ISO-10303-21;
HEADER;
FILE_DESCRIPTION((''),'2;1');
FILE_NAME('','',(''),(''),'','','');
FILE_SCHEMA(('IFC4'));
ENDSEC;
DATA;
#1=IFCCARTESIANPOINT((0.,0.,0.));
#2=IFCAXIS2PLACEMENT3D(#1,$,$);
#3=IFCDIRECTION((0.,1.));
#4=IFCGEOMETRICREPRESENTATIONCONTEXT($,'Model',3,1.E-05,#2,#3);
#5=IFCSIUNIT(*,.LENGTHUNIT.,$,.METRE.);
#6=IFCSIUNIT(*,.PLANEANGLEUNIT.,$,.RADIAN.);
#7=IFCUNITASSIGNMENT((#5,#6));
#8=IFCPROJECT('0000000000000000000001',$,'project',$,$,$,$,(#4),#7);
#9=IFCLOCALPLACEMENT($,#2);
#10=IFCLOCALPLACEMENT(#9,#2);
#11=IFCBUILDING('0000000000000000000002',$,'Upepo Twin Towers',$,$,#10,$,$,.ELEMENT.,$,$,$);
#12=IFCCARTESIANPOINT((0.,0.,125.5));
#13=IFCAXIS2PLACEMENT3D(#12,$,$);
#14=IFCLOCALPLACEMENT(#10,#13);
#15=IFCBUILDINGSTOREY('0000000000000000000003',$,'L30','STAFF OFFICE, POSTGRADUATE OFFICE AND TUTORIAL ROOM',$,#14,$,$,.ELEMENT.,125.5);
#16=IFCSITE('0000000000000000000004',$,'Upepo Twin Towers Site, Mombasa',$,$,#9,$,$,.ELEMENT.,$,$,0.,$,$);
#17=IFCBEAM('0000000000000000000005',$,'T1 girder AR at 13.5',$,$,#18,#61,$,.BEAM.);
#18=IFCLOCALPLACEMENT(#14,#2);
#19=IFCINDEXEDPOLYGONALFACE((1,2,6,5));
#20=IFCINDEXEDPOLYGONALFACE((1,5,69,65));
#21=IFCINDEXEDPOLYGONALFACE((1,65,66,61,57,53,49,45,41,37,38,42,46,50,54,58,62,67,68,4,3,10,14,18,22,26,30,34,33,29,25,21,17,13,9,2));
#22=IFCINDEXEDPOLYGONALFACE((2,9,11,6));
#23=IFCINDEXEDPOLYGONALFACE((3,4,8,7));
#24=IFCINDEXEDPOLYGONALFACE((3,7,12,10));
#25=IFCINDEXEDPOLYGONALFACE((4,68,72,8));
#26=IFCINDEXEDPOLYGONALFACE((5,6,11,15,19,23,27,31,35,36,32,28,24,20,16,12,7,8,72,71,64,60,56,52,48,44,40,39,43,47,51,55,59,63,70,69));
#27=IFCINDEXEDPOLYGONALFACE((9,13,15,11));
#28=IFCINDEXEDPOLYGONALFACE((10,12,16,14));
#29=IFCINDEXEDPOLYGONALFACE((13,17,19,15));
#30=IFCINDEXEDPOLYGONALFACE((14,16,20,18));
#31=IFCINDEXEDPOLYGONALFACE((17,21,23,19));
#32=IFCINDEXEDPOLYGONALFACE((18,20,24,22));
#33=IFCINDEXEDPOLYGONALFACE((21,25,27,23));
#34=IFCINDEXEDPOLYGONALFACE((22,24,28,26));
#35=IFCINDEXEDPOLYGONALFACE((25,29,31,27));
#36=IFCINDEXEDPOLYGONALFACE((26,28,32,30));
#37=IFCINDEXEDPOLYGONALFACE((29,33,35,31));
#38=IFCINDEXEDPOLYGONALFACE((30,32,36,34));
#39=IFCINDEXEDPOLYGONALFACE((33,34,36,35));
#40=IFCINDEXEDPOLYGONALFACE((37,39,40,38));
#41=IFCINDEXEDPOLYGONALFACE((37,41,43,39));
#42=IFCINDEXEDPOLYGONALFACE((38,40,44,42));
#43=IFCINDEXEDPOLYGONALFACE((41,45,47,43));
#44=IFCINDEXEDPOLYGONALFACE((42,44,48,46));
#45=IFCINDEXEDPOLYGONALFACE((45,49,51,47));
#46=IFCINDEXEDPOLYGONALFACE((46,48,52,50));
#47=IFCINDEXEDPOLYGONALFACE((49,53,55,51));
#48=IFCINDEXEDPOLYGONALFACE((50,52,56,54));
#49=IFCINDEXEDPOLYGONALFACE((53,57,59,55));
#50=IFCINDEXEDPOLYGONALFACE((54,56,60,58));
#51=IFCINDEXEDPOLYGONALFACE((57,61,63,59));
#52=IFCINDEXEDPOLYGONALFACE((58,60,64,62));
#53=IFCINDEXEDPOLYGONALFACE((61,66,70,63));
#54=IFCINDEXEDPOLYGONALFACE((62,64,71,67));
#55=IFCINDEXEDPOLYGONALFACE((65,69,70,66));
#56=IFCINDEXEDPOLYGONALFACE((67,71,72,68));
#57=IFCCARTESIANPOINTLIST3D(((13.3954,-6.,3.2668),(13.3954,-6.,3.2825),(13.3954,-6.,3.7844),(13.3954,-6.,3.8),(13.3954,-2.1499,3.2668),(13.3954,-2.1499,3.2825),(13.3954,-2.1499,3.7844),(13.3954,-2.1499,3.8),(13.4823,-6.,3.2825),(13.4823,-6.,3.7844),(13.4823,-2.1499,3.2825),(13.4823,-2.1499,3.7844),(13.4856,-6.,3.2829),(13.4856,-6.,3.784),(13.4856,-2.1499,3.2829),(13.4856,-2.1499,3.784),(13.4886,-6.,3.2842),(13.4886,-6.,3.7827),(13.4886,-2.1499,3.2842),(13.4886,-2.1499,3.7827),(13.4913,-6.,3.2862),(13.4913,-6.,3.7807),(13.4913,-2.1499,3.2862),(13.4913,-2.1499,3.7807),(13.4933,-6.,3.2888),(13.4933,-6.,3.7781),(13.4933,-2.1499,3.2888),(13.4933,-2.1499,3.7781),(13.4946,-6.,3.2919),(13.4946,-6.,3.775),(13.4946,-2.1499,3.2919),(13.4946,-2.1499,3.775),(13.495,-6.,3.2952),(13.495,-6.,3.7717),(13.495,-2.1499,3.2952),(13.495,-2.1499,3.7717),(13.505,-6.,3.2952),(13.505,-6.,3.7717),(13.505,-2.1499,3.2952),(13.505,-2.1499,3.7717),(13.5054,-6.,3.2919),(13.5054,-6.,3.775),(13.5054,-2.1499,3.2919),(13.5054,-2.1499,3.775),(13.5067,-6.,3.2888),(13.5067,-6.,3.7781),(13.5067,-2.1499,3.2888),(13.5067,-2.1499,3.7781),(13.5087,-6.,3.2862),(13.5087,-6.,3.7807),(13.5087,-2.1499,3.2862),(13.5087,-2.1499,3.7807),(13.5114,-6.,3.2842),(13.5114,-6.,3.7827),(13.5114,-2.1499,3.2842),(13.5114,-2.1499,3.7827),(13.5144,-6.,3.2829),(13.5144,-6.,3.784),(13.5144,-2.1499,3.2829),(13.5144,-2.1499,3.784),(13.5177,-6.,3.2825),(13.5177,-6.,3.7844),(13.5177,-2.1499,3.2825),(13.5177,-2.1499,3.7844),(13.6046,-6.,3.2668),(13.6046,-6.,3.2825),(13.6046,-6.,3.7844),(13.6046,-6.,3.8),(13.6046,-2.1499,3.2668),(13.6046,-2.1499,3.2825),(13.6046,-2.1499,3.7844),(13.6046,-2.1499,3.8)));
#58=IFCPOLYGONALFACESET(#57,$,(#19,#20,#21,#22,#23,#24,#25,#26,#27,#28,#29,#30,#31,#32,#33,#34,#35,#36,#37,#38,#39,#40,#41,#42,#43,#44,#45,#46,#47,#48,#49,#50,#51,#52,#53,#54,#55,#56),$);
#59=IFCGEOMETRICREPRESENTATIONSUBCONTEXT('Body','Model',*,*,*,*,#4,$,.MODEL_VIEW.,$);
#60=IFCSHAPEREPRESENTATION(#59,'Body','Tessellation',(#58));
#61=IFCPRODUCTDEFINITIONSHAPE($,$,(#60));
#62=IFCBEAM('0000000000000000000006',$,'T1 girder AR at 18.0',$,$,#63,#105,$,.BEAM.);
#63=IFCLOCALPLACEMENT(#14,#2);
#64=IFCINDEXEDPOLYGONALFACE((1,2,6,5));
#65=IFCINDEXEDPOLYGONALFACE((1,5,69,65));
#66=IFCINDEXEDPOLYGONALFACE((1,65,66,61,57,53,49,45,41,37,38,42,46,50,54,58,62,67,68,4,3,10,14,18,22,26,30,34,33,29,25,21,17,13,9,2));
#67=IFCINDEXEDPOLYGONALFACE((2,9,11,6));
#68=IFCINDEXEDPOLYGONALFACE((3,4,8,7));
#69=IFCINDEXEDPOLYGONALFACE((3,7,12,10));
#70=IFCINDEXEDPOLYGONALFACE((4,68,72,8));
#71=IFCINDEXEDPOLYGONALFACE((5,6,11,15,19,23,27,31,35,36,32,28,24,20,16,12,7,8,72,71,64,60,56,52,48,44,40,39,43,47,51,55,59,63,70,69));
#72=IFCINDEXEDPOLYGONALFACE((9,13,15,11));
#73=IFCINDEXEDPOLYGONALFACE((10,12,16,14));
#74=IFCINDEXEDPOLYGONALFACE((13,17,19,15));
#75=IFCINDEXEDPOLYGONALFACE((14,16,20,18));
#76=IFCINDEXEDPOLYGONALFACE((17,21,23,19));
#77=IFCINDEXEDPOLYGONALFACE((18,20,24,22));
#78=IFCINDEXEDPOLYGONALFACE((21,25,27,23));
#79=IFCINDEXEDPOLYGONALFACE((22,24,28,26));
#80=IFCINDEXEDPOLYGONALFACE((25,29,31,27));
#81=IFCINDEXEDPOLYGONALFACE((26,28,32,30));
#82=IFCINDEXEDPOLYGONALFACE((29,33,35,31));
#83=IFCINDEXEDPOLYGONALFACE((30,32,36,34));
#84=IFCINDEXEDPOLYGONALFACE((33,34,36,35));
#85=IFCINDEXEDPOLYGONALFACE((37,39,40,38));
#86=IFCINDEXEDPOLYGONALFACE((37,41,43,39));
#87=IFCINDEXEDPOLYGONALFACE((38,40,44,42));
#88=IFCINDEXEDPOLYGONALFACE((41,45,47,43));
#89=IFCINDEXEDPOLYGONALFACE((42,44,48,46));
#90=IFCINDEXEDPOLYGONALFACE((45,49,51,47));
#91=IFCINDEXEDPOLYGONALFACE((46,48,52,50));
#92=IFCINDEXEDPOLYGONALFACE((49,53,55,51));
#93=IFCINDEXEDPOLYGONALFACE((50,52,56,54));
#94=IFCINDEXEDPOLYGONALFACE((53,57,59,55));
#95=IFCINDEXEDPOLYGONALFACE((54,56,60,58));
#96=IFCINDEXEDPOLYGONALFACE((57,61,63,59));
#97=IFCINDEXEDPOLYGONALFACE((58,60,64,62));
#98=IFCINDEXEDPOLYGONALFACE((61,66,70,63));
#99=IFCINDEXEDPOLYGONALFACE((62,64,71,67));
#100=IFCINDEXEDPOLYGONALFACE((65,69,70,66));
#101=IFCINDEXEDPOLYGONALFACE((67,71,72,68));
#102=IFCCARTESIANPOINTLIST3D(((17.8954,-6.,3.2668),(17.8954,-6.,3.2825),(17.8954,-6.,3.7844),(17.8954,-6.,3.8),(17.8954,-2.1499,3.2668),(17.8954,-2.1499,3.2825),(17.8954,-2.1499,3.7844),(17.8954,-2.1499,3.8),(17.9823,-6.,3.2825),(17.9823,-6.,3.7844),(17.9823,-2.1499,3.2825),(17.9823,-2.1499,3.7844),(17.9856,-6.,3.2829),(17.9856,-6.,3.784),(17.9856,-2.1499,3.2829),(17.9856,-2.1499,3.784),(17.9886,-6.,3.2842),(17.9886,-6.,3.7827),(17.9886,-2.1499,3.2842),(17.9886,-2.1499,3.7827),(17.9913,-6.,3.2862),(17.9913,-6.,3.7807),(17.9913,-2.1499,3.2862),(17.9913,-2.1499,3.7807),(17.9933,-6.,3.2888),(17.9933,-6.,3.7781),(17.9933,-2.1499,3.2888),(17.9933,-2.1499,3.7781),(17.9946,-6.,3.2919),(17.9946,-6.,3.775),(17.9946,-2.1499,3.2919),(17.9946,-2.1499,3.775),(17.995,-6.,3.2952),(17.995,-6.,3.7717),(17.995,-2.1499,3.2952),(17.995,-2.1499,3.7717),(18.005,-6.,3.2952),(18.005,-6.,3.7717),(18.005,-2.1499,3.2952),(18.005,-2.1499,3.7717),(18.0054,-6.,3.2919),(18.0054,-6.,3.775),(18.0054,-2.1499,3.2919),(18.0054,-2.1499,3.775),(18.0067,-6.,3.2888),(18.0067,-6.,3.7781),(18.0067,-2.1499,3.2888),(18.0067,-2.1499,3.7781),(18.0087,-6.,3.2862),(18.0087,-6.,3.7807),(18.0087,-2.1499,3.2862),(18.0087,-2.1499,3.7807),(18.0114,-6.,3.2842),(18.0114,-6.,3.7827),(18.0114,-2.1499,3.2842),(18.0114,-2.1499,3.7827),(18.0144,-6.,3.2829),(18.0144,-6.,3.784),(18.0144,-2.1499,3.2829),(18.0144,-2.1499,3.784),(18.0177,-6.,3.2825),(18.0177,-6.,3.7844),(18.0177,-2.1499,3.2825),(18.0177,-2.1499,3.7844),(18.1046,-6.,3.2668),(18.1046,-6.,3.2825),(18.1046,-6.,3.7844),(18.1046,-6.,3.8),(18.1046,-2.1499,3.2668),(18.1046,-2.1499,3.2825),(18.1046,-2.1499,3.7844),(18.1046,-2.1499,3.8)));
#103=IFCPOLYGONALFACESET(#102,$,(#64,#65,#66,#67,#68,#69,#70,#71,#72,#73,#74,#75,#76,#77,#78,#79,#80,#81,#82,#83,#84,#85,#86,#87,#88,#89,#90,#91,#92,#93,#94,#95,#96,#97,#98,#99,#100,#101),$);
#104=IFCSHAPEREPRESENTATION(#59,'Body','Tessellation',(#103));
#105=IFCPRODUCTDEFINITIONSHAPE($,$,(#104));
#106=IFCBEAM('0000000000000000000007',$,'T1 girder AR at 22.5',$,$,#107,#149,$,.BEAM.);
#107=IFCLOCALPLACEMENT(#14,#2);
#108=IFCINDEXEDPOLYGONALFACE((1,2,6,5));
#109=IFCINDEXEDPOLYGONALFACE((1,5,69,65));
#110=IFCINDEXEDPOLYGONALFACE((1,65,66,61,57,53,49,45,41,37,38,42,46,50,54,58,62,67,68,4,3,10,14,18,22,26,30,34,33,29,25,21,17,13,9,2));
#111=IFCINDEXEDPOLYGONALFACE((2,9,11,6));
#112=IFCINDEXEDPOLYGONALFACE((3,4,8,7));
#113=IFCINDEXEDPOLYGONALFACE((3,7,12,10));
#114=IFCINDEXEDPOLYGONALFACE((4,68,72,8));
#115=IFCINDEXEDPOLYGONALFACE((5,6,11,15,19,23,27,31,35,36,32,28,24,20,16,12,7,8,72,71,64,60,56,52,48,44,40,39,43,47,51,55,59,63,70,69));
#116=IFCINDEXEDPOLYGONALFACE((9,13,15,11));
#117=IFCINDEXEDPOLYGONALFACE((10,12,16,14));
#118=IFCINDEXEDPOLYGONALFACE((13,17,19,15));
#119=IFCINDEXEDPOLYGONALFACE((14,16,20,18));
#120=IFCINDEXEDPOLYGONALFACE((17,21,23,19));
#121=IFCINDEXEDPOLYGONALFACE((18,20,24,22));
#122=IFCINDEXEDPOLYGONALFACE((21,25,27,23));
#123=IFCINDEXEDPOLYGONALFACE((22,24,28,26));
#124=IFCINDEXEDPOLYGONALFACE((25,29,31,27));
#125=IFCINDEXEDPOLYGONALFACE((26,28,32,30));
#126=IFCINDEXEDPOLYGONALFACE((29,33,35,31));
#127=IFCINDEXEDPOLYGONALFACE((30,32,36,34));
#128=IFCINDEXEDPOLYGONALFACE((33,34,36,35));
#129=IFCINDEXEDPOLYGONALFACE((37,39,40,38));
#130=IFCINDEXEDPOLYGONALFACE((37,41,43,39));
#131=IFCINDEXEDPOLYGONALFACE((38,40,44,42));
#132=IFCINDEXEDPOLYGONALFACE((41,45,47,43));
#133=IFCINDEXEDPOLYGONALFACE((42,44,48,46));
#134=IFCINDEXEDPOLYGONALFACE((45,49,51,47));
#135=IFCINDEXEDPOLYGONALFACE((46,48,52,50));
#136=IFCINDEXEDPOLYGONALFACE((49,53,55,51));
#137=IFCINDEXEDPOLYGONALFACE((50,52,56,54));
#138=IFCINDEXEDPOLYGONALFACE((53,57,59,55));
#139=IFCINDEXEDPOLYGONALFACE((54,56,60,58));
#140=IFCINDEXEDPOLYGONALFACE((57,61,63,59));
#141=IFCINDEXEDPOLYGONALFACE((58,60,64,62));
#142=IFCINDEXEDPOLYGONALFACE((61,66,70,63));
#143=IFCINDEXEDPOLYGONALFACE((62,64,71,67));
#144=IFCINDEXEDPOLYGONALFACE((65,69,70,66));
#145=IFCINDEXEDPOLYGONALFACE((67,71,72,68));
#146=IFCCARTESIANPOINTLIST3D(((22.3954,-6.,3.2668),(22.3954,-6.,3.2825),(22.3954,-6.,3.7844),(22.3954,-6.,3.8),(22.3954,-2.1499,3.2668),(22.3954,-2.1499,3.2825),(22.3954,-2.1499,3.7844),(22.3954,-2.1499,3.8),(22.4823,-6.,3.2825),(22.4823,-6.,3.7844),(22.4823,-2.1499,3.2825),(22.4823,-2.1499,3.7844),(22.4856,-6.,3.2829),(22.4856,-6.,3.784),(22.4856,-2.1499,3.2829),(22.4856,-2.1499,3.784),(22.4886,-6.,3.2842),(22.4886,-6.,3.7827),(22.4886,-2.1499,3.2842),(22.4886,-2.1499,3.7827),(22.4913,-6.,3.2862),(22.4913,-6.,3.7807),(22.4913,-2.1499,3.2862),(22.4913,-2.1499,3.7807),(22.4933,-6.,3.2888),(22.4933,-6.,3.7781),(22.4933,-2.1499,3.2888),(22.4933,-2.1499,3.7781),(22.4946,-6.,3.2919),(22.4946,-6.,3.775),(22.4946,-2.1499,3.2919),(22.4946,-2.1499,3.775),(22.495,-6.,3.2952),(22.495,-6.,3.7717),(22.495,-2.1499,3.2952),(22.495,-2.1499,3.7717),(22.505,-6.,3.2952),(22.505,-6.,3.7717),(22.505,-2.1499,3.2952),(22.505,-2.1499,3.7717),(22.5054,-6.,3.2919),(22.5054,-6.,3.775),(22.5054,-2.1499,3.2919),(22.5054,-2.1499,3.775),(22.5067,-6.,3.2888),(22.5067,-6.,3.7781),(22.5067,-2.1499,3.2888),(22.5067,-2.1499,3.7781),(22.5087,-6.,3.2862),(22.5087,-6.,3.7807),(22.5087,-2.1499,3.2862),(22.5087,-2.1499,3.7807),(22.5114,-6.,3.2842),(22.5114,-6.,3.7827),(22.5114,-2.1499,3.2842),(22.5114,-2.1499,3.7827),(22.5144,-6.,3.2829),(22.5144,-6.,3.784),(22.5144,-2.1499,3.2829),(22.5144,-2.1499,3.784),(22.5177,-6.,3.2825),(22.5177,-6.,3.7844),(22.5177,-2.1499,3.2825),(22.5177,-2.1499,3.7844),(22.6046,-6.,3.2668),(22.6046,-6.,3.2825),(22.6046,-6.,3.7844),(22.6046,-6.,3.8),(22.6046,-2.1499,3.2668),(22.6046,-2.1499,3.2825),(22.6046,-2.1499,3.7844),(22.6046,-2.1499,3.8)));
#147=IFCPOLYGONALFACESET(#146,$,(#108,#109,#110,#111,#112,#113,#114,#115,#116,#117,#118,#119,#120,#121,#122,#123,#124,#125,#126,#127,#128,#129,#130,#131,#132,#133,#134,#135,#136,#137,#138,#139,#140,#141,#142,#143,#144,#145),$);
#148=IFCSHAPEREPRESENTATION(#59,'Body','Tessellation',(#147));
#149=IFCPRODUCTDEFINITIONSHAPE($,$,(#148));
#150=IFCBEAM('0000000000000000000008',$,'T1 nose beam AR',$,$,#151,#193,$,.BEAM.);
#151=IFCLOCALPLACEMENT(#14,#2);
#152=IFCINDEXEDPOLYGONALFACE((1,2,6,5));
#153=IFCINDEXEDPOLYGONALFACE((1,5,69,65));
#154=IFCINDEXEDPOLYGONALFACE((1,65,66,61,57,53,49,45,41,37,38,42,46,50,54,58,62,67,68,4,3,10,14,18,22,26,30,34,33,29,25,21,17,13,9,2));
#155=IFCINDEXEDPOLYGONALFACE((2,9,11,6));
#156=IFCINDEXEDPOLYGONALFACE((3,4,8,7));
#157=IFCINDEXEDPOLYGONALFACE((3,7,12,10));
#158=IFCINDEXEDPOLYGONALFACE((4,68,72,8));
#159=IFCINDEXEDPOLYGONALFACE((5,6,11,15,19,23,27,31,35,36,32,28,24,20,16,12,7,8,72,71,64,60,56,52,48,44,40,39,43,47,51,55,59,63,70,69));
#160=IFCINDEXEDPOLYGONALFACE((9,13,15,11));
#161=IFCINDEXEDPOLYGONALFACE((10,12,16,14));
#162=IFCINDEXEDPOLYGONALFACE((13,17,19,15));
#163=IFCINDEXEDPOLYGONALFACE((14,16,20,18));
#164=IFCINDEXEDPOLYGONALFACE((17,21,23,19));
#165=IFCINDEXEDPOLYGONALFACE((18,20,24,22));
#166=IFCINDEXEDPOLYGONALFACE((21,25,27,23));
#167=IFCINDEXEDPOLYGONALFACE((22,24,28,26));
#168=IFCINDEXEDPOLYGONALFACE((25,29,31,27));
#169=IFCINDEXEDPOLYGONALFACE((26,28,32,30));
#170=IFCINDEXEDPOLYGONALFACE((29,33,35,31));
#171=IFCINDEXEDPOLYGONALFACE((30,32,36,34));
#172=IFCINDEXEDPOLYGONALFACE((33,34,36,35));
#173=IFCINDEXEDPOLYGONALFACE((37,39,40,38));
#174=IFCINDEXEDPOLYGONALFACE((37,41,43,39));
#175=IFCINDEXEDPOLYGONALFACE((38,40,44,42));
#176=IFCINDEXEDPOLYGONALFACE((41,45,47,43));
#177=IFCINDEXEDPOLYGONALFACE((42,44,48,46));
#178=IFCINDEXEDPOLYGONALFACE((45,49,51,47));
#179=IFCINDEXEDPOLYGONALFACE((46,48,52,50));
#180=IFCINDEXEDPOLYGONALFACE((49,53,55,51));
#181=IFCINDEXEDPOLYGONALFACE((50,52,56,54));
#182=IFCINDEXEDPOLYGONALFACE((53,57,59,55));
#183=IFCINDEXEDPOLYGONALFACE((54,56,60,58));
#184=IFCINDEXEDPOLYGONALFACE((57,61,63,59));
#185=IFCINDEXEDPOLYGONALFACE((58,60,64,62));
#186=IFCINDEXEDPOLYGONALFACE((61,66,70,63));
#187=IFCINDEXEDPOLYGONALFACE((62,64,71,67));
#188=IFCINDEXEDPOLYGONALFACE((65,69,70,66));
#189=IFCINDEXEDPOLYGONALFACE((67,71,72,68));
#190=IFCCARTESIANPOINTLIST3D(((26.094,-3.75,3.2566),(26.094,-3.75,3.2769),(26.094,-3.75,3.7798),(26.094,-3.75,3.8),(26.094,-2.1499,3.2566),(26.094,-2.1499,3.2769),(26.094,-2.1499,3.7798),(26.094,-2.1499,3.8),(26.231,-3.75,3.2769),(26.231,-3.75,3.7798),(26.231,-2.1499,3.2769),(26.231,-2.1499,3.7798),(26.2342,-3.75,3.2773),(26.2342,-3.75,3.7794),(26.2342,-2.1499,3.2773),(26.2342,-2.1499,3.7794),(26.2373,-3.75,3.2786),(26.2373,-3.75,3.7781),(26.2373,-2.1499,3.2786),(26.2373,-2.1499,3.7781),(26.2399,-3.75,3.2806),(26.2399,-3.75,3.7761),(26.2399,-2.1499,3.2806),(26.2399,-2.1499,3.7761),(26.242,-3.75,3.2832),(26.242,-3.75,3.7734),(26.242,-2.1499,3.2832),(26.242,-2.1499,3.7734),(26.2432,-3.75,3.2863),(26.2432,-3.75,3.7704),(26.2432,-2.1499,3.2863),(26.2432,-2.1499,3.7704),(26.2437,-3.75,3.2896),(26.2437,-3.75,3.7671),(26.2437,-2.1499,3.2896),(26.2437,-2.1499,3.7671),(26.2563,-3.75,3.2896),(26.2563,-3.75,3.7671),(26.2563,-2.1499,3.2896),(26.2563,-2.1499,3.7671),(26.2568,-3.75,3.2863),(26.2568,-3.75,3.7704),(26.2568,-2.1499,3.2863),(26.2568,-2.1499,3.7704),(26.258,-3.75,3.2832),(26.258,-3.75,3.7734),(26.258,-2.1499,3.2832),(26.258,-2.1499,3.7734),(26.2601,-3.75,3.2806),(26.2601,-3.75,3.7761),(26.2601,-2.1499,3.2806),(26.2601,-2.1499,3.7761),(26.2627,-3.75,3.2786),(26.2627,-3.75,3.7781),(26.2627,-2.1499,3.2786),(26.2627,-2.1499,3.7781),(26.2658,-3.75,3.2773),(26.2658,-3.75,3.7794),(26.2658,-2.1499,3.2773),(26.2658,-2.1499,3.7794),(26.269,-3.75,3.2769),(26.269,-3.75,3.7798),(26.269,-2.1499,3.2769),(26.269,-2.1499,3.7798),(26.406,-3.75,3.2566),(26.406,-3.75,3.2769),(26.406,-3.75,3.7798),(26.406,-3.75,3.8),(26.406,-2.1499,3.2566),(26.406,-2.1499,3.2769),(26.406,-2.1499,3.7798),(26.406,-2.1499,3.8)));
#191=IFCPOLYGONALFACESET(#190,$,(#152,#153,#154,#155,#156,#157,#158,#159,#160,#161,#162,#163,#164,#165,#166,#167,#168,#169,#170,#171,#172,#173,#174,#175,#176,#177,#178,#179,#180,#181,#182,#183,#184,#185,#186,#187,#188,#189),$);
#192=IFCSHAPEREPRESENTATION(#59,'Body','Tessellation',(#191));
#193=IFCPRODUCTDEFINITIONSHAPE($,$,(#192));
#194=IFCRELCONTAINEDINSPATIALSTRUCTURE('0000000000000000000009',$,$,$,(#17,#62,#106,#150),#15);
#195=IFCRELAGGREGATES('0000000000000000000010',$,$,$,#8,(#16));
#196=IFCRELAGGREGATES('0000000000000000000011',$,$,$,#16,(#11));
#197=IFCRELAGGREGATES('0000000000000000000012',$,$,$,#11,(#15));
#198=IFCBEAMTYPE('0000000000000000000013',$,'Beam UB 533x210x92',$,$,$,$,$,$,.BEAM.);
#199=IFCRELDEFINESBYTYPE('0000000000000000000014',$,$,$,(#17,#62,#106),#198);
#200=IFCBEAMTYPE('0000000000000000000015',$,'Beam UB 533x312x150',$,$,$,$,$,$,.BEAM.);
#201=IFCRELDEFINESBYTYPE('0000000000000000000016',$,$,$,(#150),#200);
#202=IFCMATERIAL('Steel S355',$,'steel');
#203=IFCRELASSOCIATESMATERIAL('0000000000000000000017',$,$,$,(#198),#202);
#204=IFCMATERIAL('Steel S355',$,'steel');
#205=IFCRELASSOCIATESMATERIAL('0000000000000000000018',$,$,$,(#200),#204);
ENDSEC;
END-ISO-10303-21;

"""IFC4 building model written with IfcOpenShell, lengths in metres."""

from ifc_helpers import new_model, si_unit, direction, frame, origin, origin_2d, place, context, subcontext, project, spatial, i_section, extrude, material, material_profile, profile_set, type_object, element, save


model = new_model("IFC4")

# Units and contexts
model_context = context("Model", 3, precision=1e-05, world=origin(), true_north=direction((0.0, 1.0)))
body_context = subcontext(model_context, "Body", "Model", "MODEL_VIEW")
ifc_project = project(units=[si_unit("LENGTHUNIT", "METRE"), si_unit("PLANEANGLEUNIT", "RADIAN")], contexts=[model_context])

# Site, building, storey
site_placement = place(None, origin())
site = spatial("IfcSite", under=ifc_project, at=site_placement, Name="Upepo Twin Towers Site, Mombasa", CompositionType="ELEMENT", RefElevation=0.0)
building_placement = place(site_placement, origin())
building = spatial("IfcBuilding", under=site, at=building_placement, Name="Upepo Twin Towers", CompositionType="ELEMENT")
storey_placement = place(building_placement, frame((0.0, 0.0, 125.5)))
storey = spatial("IfcBuildingStorey", under=building, at=storey_placement, Name="L30", Description="STAFF OFFICE, POSTGRADUATE OFFICE AND TUTORIAL ROOM", CompositionType="ELEMENT", Elevation=125.5)

# Beams
ifc_material_1 = material(Name="Steel S355", Category="steel")
ifc_material_profile_1 = material_profile(ifc_material_1, i_section(OverallWidth=0.2092, OverallDepth=0.5332, WebThickness=0.01, FlangeThickness=0.0156, FilletRadius=0.0127, at=origin_2d()), Name="UB 533x210x92")
ifc_profile_set_1 = profile_set([ifc_material_profile_1], Name="Steel S355")
beam_type_1 = type_object("IfcBeamType", Name="Beam UB 533x210x92", PredefinedType="BEAM", material=ifc_profile_set_1)
for number, where, z_axis, x_axis, name in (
    (1, (13.5, -6.0, 3.5334), (0.0, 1.0, 0.0), (-1.0, 0.0, 0.0), "T1 girder AR at 13.5"),
    (2, (18.0, -6.0, 3.5334), (0.0, 1.0, 0.0), (-1.0, 0.0, 0.0), "T1 girder AR at 18.0"),
    (3, (22.5, -6.0, 3.5334), (0.0, 1.0, 0.0), (-1.0, 0.0, 0.0), "T1 girder AR at 22.5"),
):
    element("IfcBeam", number, at=place(storey_placement, frame(where, z_axis=z_axis, x_axis=x_axis)), inside=storey, type_object=beam_type_1, Name=name, PredefinedType="BEAM", context=body_context, shape_type="SweptSolid", body=[
        extrude(i_section(OverallWidth=0.2092, OverallDepth=0.5332, WebThickness=0.01, FlangeThickness=0.0156, FilletRadius=0.0127, at=origin_2d()), origin(), (0.0, 0.0, 1.0), 3.8501),
    ])
ifc_material_2 = material(Name="Steel S355", Category="steel")
ifc_material_profile_2 = material_profile(ifc_material_2, i_section(OverallWidth=0.312, OverallDepth=0.5435, WebThickness=0.0127, FlangeThickness=0.0203, FilletRadius=0.0127, at=origin_2d()), Name="UB 533x312x150")
ifc_profile_set_2 = profile_set([ifc_material_profile_2], Name="Steel S355")
beam_type_2 = type_object("IfcBeamType", Name="Beam UB 533x312x150", PredefinedType="BEAM", material=ifc_profile_set_2)
beam_1_placement = place(storey_placement, frame((26.25, -3.75, 3.5283), z_axis=(0.0, 1.0, 0.0), x_axis=(-1.0, 0.0, 0.0)))
element("IfcBeam", 4, at=beam_1_placement, inside=storey, type_object=beam_type_2, Name="T1 nose beam AR", PredefinedType="BEAM", context=body_context, shape_type="SweptSolid", body=[
    extrude(i_section(OverallWidth=0.312, OverallDepth=0.5435, WebThickness=0.0127, FlangeThickness=0.0203, FilletRadius=0.0127, at=origin_2d()), origin(), (0.0, 0.0, 1.0), 1.6001),
])

save(model, "model.ifc")
